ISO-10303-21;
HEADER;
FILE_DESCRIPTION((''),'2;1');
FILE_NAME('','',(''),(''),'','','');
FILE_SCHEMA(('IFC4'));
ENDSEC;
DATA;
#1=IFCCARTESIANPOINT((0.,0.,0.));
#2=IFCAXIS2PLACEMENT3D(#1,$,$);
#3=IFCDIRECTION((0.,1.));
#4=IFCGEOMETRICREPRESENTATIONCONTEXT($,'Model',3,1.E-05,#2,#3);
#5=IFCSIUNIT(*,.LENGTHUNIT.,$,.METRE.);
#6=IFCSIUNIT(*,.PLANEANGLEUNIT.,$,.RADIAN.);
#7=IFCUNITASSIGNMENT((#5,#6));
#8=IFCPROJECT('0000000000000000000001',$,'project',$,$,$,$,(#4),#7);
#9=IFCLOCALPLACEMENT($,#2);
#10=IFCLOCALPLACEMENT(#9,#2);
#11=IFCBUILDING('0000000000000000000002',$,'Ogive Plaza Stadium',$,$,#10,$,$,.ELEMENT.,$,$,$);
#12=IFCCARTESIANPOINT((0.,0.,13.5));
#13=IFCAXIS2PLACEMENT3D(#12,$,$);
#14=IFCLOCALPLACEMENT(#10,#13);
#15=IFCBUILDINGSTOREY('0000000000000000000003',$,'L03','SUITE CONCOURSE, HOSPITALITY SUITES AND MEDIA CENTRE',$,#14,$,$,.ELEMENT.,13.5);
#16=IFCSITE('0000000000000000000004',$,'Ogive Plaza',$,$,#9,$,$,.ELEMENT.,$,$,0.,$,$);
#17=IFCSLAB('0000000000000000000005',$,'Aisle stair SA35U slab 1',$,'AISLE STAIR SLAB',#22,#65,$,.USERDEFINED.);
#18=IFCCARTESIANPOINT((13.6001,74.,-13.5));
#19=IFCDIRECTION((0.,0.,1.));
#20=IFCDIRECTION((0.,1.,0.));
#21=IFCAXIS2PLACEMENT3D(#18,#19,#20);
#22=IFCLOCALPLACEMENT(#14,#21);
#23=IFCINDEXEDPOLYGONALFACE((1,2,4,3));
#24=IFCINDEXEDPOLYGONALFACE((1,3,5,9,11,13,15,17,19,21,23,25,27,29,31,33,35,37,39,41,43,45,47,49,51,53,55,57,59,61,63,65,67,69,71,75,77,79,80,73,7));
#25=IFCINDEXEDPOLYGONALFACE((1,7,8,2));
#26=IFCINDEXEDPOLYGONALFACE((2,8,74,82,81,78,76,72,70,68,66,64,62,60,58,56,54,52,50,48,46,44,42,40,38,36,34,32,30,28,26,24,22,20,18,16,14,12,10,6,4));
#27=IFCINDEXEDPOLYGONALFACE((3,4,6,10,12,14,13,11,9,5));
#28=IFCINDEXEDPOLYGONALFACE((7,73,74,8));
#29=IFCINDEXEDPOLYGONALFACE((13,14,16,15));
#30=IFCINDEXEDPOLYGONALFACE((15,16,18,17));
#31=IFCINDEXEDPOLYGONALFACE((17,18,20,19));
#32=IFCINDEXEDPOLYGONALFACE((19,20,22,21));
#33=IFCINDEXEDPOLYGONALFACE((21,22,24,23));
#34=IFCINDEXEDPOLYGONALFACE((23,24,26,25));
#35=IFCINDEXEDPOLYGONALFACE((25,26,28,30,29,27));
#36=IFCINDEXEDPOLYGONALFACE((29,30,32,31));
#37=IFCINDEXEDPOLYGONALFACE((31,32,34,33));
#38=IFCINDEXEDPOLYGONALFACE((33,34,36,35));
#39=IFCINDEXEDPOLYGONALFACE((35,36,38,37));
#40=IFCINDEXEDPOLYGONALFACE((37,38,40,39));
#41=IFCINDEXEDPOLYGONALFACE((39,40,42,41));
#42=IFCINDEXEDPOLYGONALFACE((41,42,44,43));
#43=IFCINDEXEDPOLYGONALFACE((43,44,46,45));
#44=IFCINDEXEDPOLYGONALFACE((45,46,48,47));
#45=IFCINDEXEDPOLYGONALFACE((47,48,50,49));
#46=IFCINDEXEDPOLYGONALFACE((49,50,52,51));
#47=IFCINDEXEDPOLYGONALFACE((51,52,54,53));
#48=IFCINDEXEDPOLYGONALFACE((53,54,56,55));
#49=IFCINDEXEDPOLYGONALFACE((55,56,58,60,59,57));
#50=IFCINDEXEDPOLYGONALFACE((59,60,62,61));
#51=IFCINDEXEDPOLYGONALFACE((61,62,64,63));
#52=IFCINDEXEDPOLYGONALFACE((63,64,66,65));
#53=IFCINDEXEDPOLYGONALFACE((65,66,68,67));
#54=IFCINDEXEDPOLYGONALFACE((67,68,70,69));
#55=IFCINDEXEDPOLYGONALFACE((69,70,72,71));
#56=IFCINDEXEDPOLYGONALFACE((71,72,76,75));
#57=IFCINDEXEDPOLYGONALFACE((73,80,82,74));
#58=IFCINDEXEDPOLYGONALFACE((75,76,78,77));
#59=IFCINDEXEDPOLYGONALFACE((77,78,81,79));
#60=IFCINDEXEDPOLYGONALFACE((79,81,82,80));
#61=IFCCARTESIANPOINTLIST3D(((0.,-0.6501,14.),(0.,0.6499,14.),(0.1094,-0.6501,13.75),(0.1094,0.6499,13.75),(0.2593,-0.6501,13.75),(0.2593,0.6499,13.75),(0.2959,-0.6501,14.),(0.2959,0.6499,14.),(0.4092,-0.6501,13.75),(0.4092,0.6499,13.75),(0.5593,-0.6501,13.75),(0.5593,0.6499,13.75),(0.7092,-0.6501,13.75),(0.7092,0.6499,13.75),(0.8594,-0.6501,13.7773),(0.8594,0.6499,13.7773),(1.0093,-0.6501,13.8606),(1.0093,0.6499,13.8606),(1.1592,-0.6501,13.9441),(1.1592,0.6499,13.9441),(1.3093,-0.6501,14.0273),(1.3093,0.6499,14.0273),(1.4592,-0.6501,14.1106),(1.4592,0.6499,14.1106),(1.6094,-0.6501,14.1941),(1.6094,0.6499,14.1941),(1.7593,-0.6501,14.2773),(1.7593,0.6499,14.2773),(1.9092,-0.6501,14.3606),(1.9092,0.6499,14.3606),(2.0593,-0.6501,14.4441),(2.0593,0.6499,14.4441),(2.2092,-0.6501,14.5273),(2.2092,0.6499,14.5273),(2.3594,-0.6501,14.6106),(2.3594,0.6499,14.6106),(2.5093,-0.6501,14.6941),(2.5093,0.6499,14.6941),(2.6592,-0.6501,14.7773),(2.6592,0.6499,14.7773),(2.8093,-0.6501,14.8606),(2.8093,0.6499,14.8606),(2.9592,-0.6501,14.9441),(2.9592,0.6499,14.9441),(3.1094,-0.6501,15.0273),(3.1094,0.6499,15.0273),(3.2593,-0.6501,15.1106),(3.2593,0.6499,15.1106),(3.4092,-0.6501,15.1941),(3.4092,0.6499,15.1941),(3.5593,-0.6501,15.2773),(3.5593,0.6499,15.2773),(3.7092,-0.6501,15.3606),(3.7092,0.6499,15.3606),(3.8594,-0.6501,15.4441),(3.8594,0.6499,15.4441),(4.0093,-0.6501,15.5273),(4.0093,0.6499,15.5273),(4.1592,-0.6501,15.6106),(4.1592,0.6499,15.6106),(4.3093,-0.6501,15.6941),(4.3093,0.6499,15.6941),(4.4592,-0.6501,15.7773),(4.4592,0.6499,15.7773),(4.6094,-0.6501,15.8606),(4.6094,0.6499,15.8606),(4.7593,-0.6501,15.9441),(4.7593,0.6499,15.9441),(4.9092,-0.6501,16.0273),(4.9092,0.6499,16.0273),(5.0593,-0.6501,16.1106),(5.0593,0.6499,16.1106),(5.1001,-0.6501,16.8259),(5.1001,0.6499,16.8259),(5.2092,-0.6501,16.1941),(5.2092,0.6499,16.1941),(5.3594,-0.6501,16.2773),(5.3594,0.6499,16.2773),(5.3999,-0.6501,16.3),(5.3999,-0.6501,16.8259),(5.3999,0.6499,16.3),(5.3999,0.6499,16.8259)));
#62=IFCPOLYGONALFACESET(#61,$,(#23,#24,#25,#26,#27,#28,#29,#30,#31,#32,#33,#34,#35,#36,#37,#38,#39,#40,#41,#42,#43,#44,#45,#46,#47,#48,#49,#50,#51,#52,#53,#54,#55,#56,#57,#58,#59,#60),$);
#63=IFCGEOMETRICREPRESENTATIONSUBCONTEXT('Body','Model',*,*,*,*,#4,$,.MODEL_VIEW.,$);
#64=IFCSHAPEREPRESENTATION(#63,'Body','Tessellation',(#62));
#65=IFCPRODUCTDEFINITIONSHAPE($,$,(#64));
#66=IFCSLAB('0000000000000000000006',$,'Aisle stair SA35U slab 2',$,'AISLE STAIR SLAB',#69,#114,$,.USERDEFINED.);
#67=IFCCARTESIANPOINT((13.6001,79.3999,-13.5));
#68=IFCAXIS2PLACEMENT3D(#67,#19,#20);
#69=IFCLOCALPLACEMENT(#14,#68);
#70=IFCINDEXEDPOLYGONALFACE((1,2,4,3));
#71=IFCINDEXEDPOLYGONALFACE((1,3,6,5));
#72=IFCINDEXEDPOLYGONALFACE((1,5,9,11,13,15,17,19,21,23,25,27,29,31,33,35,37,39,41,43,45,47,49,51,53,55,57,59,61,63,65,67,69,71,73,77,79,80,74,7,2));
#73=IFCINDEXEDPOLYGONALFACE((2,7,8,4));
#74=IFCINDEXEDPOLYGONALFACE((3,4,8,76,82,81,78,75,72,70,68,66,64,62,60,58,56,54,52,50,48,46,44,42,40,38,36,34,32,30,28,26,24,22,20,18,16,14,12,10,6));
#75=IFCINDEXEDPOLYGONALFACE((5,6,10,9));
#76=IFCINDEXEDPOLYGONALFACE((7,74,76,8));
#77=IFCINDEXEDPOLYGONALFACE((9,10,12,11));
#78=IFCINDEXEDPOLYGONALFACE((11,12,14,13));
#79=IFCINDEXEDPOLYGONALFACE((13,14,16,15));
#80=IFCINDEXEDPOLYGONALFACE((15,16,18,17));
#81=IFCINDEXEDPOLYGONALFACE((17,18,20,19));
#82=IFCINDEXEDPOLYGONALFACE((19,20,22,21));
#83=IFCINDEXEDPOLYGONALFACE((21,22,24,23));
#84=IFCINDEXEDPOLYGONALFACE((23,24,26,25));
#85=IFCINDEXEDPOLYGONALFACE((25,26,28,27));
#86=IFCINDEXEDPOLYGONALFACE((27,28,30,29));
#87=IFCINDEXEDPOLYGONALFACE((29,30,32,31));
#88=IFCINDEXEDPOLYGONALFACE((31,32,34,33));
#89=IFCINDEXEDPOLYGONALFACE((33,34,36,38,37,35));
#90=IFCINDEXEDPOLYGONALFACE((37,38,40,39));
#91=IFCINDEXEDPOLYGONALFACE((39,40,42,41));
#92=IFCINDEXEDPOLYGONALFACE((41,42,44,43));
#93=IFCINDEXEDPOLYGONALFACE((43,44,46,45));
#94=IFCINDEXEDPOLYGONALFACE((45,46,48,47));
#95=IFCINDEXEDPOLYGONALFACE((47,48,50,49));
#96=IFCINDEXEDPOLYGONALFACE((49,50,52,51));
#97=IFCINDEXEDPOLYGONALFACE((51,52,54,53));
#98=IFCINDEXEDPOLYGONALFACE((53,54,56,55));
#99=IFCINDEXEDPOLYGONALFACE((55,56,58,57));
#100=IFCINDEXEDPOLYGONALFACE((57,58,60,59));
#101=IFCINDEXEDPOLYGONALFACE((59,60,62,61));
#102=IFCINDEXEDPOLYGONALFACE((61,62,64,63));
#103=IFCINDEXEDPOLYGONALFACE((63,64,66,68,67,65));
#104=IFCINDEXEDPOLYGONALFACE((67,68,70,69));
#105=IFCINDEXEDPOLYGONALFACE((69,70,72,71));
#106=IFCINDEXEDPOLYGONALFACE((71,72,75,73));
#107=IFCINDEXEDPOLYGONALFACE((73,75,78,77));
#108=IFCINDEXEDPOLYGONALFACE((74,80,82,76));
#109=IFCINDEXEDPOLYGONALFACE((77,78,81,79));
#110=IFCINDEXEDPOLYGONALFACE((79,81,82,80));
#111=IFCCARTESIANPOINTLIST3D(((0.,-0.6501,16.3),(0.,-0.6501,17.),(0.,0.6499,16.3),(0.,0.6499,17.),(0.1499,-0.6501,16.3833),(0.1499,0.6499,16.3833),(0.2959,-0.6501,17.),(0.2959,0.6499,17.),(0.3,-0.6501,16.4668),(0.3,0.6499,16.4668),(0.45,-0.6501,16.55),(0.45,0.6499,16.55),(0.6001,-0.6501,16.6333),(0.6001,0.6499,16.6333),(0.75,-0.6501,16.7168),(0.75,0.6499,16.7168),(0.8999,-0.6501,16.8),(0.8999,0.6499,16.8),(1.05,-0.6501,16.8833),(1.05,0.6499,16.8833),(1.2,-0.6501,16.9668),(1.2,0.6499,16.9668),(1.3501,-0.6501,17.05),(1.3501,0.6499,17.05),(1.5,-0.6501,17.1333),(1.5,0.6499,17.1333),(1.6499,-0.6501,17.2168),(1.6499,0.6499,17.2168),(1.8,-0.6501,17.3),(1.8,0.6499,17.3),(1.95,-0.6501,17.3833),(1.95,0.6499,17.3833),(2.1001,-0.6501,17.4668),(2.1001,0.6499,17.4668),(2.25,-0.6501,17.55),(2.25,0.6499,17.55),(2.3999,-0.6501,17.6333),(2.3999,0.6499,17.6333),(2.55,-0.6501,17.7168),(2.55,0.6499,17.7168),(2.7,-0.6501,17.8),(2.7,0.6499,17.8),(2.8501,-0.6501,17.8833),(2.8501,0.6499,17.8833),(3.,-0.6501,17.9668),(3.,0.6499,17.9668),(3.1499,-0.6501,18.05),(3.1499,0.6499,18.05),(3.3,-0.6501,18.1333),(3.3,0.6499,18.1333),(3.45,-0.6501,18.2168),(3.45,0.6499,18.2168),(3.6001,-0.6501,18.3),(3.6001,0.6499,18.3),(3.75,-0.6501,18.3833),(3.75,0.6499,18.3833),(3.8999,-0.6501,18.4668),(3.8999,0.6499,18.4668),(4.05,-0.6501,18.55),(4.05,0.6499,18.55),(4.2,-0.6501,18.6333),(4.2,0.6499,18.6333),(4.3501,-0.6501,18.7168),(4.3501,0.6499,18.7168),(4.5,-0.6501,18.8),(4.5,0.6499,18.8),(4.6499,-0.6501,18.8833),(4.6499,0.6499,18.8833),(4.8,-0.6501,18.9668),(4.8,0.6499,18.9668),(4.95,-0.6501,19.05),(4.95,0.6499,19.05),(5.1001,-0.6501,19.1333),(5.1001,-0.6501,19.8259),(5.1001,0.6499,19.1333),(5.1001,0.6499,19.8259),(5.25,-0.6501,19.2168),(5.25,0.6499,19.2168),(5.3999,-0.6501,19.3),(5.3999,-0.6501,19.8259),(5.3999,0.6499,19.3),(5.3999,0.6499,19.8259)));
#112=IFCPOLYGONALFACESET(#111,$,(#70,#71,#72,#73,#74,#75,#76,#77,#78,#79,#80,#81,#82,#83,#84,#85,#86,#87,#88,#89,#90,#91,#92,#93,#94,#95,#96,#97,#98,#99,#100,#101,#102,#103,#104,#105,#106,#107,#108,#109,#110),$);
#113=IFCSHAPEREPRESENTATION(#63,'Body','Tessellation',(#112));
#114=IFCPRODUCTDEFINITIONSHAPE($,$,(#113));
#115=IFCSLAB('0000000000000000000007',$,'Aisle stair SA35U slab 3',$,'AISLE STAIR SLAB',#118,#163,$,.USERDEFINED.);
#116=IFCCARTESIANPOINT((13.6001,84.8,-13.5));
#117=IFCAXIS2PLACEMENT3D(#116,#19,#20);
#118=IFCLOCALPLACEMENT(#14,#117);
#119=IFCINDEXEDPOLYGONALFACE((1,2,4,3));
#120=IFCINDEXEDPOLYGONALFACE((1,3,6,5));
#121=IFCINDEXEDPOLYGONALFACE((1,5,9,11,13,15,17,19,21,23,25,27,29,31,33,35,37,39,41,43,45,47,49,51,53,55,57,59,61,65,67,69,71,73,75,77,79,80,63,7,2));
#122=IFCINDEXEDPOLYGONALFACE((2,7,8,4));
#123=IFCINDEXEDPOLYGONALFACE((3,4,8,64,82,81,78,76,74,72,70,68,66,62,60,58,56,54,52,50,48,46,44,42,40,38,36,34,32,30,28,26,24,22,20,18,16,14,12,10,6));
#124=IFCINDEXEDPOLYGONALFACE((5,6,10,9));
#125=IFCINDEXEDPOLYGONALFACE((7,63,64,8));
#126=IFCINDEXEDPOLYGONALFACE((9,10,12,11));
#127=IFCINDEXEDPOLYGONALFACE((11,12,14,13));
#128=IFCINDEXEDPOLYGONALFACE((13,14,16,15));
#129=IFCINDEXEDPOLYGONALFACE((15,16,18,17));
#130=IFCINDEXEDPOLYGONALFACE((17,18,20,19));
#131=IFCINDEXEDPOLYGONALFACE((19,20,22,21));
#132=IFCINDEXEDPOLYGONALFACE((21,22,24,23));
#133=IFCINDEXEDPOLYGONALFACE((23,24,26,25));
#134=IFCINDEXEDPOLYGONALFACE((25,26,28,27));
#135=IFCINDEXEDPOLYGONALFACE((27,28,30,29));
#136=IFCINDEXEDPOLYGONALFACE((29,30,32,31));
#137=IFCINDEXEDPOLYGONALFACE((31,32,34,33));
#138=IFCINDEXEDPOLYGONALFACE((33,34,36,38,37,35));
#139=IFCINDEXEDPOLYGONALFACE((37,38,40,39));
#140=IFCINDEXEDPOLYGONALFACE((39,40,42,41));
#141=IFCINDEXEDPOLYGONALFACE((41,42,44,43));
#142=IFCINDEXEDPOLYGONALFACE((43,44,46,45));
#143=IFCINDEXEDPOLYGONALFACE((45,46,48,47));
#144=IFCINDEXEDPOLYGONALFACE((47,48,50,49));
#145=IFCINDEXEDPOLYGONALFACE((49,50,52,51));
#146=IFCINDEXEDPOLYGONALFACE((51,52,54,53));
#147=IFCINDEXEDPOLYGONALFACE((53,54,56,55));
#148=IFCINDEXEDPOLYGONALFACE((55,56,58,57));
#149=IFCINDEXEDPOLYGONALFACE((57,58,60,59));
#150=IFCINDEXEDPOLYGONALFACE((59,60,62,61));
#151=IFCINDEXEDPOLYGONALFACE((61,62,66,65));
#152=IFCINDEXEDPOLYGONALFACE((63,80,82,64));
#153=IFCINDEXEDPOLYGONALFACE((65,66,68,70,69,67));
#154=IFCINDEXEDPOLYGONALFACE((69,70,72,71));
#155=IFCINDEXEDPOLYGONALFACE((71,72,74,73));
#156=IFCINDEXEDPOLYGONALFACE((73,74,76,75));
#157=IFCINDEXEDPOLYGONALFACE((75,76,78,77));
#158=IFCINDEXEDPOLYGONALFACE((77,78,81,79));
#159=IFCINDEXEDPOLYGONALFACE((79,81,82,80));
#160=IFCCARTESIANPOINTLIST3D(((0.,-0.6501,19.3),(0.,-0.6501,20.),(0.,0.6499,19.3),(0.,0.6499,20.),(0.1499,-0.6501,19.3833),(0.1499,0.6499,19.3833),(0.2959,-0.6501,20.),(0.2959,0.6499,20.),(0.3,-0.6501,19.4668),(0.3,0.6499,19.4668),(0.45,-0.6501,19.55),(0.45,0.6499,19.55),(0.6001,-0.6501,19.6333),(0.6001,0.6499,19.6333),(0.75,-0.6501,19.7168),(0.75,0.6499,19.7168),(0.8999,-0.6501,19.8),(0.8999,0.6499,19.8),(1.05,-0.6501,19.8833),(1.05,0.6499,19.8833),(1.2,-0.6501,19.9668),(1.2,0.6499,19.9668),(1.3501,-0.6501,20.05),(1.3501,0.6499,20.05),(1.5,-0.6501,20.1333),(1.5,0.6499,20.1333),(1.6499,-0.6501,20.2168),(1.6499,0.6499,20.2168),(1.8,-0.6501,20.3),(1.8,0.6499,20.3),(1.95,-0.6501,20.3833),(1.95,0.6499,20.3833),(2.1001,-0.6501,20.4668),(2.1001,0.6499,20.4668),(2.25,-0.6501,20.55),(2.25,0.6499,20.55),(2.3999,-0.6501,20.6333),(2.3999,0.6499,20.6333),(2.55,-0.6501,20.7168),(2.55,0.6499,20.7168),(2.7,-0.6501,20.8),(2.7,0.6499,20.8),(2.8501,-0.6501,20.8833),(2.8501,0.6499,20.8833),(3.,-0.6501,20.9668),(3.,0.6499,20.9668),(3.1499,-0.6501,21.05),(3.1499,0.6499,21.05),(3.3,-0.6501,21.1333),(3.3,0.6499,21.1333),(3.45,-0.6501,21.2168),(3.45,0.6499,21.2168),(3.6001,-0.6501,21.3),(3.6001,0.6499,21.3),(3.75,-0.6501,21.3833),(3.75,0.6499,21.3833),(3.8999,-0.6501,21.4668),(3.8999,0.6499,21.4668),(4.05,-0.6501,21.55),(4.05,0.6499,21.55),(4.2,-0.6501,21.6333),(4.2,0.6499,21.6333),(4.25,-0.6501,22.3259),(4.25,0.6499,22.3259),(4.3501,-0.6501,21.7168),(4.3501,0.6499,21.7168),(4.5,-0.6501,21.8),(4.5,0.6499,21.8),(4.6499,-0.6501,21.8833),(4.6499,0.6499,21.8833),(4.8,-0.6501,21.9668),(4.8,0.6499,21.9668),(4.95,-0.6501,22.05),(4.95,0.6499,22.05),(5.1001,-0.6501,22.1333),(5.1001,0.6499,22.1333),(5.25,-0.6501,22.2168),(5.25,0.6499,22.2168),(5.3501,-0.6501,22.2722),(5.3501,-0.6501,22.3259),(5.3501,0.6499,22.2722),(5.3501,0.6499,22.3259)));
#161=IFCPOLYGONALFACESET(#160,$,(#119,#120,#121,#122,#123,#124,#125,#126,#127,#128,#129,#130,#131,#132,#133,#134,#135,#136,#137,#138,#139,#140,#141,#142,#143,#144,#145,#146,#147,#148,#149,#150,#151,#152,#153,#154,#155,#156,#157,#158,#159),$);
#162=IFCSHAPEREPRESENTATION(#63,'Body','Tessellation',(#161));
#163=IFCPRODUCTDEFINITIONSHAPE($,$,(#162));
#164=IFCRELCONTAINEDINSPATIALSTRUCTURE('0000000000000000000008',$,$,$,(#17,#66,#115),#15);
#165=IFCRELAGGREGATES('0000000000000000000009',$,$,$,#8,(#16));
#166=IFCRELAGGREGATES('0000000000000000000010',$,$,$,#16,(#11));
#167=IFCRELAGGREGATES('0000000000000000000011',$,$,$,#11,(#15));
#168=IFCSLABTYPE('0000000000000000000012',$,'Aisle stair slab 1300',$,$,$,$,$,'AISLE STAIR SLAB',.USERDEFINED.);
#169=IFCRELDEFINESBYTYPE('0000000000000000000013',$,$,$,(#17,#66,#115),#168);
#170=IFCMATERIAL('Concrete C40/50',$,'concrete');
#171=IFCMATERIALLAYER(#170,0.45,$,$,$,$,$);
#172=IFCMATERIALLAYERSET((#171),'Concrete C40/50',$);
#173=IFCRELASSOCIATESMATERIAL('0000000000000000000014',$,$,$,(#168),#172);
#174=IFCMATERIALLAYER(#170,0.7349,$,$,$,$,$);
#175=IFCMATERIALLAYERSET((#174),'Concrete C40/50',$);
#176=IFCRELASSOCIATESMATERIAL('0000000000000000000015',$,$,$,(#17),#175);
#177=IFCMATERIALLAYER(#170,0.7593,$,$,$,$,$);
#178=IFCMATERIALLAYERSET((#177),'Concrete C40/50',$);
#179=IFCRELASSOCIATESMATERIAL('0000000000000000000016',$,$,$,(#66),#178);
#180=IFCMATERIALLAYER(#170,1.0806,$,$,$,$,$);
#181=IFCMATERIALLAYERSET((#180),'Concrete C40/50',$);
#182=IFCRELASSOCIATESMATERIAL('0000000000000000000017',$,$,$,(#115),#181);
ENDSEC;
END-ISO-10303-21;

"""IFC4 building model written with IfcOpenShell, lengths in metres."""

from ifc_helpers import new_model, si_unit, direction, frame, origin, place, context, subcontext, project, spatial, polyline, outline, extrude, material, layer, layer_set, type_object, element, save


model = new_model("IFC4")

# Units and contexts
model_context = context("Model", 3, precision=1e-05, world=origin(), true_north=direction((0.0, 1.0)))
body_context = subcontext(model_context, "Body", "Model", "MODEL_VIEW")
ifc_project = project(units=[si_unit("LENGTHUNIT", "METRE"), si_unit("PLANEANGLEUNIT", "RADIAN")], contexts=[model_context])

# Site, building, storey
site_placement = place(None, origin())
site = spatial("IfcSite", under=ifc_project, at=site_placement, Name="Ogive Plaza", CompositionType="ELEMENT", RefElevation=0.0)
building_placement = place(site_placement, origin())
building = spatial("IfcBuilding", under=site, at=building_placement, Name="Ogive Plaza Stadium", CompositionType="ELEMENT")
storey_placement = place(building_placement, frame((0.0, 0.0, 13.5)))
storey = spatial("IfcBuildingStorey", under=building, at=storey_placement, Name="L03", Description="SUITE CONCOURSE, HOSPITALITY SUITES AND MEDIA CENTRE", CompositionType="ELEMENT", Elevation=13.5)

# Slabs
ifc_material_1 = material(Name="Concrete C40/50", Category="concrete")
ifc_layer_1 = layer(ifc_material_1, 0.7349)
ifc_layer_set_1 = layer_set([ifc_layer_1], Name="Concrete C40/50")
ifc_layer_2 = layer(ifc_material_1, 0.45)
ifc_layer_set_2 = layer_set([ifc_layer_2], Name="Concrete C40/50")
slab_type = type_object("IfcSlabType", Name="Aisle stair slab 1300", ElementType="AISLE STAIR SLAB", PredefinedType="USERDEFINED", material=ifc_layer_set_2)
slab_1_placement = place(storey_placement, frame((13.6001, 74.0, -13.5), z_axis=(0.0, 0.0, 1.0), x_axis=(0.0, 1.0, 0.0)))
element("IfcSlab", 1, at=slab_1_placement, inside=storey, type_object=slab_type, material=ifc_layer_set_1, Name="Aisle stair SA35U slab 1", ObjectType="AISLE STAIR SLAB", PredefinedType="USERDEFINED", context=body_context, shape_type="SweptSolid", body=[
    extrude(outline(polyline([(0.0, 14.0), (0.2959, 14.0), (5.1001, 16.8259), (5.3999, 16.8259), (5.3999, 16.3), (5.3594, 16.2773), (5.2092, 16.1941), (5.0593, 16.1106), (4.9092, 16.0273), (4.7593, 15.9441), (4.6094, 15.8606), (4.4592, 15.7773), (4.3093, 15.6941), (4.1592, 15.6106), (4.0093, 15.5273), (3.8594, 15.4441), (3.7092, 15.3606), (3.5593, 15.2773), (3.4092, 15.1941), (3.2593, 15.1106), (3.1094, 15.0273), (2.9592, 14.9441), (2.8093, 14.8606), (2.6592, 14.7773), (2.5093, 14.6941), (2.3594, 14.6106), (2.2092, 14.5273), (2.0593, 14.4441), (1.9092, 14.3606), (1.7593, 14.2773), (1.6094, 14.1941), (1.4592, 14.1106), (1.3093, 14.0273), (1.1592, 13.9441), (1.0093, 13.8606), (0.8594, 13.7773), (0.7092, 13.75), (0.5593, 13.75), (0.4092, 13.75), (0.2593, 13.75), (0.1094, 13.75), (0.0, 14.0)])), frame((0.0, 0.6499, 0.0), z_axis=(0.0, -1.0, 0.0), x_axis=(1.0, 0.0, 0.0)), (0.0, 0.0, 1.0), 1.3),
])
ifc_layer_3 = layer(ifc_material_1, 0.7593)
ifc_layer_set_3 = layer_set([ifc_layer_3], Name="Concrete C40/50")
slab_2_placement = place(storey_placement, frame((13.6001, 79.3999, -13.5), z_axis=(0.0, 0.0, 1.0), x_axis=(0.0, 1.0, 0.0)))
element("IfcSlab", 2, at=slab_2_placement, inside=storey, type_object=slab_type, material=ifc_layer_set_3, Name="Aisle stair SA35U slab 2", ObjectType="AISLE STAIR SLAB", PredefinedType="USERDEFINED", context=body_context, shape_type="SweptSolid", body=[
    extrude(outline(polyline([(0.0, 17.0), (0.2959, 17.0), (5.1001, 19.8259), (5.3999, 19.8259), (5.3999, 19.3), (5.25, 19.2168), (5.1001, 19.1333), (4.95, 19.05), (4.8, 18.9668), (4.6499, 18.8833), (4.5, 18.8), (4.3501, 18.7168), (4.2, 18.6333), (4.05, 18.55), (3.8999, 18.4668), (3.75, 18.3833), (3.6001, 18.3), (3.45, 18.2168), (3.3, 18.1333), (3.1499, 18.05), (3.0, 17.9668), (2.8501, 17.8833), (2.7, 17.8), (2.55, 17.7168), (2.3999, 17.6333), (2.25, 17.55), (2.1001, 17.4668), (1.95, 17.3833), (1.8, 17.3), (1.6499, 17.2168), (1.5, 17.1333), (1.3501, 17.05), (1.2, 16.9668), (1.05, 16.8833), (0.8999, 16.8), (0.75, 16.7168), (0.6001, 16.6333), (0.45, 16.55), (0.3, 16.4668), (0.1499, 16.3833), (0.0, 16.3), (0.0, 17.0)])), frame((0.0, 0.6499, 0.0), z_axis=(0.0, -1.0, 0.0), x_axis=(1.0, 0.0, 0.0)), (0.0, 0.0, 1.0), 1.3),
])
ifc_layer_4 = layer(ifc_material_1, 1.0806)
ifc_layer_set_4 = layer_set([ifc_layer_4], Name="Concrete C40/50")
slab_3_placement = place(storey_placement, frame((13.6001, 84.8, -13.5), z_axis=(0.0, 0.0, 1.0), x_axis=(0.0, 1.0, 0.0)))
element("IfcSlab", 3, at=slab_3_placement, inside=storey, type_object=slab_type, material=ifc_layer_set_4, Name="Aisle stair SA35U slab 3", ObjectType="AISLE STAIR SLAB", PredefinedType="USERDEFINED", context=body_context, shape_type="SweptSolid", body=[
    extrude(outline(polyline([(0.0, 20.0), (0.2959, 20.0), (4.25, 22.3259), (5.3501, 22.3259), (5.3501, 22.2722), (5.25, 22.2168), (5.1001, 22.1333), (4.95, 22.05), (4.8, 21.9668), (4.6499, 21.8833), (4.5, 21.8), (4.3501, 21.7168), (4.2, 21.6333), (4.05, 21.55), (3.8999, 21.4668), (3.75, 21.3833), (3.6001, 21.3), (3.45, 21.2168), (3.3, 21.1333), (3.1499, 21.05), (3.0, 20.9668), (2.8501, 20.8833), (2.7, 20.8), (2.55, 20.7168), (2.3999, 20.6333), (2.25, 20.55), (2.1001, 20.4668), (1.95, 20.3833), (1.8, 20.3), (1.6499, 20.2168), (1.5, 20.1333), (1.3501, 20.05), (1.2, 19.9668), (1.05, 19.8833), (0.8999, 19.8), (0.75, 19.7168), (0.6001, 19.6333), (0.45, 19.55), (0.3, 19.4668), (0.1499, 19.3833), (0.0, 19.3), (0.0, 20.0)])), frame((0.0, 0.6499, 0.0), z_axis=(0.0, -1.0, 0.0), x_axis=(1.0, 0.0, 0.0)), (0.0, 0.0, 1.0), 1.3),
])

save(model, "model.ifc")
